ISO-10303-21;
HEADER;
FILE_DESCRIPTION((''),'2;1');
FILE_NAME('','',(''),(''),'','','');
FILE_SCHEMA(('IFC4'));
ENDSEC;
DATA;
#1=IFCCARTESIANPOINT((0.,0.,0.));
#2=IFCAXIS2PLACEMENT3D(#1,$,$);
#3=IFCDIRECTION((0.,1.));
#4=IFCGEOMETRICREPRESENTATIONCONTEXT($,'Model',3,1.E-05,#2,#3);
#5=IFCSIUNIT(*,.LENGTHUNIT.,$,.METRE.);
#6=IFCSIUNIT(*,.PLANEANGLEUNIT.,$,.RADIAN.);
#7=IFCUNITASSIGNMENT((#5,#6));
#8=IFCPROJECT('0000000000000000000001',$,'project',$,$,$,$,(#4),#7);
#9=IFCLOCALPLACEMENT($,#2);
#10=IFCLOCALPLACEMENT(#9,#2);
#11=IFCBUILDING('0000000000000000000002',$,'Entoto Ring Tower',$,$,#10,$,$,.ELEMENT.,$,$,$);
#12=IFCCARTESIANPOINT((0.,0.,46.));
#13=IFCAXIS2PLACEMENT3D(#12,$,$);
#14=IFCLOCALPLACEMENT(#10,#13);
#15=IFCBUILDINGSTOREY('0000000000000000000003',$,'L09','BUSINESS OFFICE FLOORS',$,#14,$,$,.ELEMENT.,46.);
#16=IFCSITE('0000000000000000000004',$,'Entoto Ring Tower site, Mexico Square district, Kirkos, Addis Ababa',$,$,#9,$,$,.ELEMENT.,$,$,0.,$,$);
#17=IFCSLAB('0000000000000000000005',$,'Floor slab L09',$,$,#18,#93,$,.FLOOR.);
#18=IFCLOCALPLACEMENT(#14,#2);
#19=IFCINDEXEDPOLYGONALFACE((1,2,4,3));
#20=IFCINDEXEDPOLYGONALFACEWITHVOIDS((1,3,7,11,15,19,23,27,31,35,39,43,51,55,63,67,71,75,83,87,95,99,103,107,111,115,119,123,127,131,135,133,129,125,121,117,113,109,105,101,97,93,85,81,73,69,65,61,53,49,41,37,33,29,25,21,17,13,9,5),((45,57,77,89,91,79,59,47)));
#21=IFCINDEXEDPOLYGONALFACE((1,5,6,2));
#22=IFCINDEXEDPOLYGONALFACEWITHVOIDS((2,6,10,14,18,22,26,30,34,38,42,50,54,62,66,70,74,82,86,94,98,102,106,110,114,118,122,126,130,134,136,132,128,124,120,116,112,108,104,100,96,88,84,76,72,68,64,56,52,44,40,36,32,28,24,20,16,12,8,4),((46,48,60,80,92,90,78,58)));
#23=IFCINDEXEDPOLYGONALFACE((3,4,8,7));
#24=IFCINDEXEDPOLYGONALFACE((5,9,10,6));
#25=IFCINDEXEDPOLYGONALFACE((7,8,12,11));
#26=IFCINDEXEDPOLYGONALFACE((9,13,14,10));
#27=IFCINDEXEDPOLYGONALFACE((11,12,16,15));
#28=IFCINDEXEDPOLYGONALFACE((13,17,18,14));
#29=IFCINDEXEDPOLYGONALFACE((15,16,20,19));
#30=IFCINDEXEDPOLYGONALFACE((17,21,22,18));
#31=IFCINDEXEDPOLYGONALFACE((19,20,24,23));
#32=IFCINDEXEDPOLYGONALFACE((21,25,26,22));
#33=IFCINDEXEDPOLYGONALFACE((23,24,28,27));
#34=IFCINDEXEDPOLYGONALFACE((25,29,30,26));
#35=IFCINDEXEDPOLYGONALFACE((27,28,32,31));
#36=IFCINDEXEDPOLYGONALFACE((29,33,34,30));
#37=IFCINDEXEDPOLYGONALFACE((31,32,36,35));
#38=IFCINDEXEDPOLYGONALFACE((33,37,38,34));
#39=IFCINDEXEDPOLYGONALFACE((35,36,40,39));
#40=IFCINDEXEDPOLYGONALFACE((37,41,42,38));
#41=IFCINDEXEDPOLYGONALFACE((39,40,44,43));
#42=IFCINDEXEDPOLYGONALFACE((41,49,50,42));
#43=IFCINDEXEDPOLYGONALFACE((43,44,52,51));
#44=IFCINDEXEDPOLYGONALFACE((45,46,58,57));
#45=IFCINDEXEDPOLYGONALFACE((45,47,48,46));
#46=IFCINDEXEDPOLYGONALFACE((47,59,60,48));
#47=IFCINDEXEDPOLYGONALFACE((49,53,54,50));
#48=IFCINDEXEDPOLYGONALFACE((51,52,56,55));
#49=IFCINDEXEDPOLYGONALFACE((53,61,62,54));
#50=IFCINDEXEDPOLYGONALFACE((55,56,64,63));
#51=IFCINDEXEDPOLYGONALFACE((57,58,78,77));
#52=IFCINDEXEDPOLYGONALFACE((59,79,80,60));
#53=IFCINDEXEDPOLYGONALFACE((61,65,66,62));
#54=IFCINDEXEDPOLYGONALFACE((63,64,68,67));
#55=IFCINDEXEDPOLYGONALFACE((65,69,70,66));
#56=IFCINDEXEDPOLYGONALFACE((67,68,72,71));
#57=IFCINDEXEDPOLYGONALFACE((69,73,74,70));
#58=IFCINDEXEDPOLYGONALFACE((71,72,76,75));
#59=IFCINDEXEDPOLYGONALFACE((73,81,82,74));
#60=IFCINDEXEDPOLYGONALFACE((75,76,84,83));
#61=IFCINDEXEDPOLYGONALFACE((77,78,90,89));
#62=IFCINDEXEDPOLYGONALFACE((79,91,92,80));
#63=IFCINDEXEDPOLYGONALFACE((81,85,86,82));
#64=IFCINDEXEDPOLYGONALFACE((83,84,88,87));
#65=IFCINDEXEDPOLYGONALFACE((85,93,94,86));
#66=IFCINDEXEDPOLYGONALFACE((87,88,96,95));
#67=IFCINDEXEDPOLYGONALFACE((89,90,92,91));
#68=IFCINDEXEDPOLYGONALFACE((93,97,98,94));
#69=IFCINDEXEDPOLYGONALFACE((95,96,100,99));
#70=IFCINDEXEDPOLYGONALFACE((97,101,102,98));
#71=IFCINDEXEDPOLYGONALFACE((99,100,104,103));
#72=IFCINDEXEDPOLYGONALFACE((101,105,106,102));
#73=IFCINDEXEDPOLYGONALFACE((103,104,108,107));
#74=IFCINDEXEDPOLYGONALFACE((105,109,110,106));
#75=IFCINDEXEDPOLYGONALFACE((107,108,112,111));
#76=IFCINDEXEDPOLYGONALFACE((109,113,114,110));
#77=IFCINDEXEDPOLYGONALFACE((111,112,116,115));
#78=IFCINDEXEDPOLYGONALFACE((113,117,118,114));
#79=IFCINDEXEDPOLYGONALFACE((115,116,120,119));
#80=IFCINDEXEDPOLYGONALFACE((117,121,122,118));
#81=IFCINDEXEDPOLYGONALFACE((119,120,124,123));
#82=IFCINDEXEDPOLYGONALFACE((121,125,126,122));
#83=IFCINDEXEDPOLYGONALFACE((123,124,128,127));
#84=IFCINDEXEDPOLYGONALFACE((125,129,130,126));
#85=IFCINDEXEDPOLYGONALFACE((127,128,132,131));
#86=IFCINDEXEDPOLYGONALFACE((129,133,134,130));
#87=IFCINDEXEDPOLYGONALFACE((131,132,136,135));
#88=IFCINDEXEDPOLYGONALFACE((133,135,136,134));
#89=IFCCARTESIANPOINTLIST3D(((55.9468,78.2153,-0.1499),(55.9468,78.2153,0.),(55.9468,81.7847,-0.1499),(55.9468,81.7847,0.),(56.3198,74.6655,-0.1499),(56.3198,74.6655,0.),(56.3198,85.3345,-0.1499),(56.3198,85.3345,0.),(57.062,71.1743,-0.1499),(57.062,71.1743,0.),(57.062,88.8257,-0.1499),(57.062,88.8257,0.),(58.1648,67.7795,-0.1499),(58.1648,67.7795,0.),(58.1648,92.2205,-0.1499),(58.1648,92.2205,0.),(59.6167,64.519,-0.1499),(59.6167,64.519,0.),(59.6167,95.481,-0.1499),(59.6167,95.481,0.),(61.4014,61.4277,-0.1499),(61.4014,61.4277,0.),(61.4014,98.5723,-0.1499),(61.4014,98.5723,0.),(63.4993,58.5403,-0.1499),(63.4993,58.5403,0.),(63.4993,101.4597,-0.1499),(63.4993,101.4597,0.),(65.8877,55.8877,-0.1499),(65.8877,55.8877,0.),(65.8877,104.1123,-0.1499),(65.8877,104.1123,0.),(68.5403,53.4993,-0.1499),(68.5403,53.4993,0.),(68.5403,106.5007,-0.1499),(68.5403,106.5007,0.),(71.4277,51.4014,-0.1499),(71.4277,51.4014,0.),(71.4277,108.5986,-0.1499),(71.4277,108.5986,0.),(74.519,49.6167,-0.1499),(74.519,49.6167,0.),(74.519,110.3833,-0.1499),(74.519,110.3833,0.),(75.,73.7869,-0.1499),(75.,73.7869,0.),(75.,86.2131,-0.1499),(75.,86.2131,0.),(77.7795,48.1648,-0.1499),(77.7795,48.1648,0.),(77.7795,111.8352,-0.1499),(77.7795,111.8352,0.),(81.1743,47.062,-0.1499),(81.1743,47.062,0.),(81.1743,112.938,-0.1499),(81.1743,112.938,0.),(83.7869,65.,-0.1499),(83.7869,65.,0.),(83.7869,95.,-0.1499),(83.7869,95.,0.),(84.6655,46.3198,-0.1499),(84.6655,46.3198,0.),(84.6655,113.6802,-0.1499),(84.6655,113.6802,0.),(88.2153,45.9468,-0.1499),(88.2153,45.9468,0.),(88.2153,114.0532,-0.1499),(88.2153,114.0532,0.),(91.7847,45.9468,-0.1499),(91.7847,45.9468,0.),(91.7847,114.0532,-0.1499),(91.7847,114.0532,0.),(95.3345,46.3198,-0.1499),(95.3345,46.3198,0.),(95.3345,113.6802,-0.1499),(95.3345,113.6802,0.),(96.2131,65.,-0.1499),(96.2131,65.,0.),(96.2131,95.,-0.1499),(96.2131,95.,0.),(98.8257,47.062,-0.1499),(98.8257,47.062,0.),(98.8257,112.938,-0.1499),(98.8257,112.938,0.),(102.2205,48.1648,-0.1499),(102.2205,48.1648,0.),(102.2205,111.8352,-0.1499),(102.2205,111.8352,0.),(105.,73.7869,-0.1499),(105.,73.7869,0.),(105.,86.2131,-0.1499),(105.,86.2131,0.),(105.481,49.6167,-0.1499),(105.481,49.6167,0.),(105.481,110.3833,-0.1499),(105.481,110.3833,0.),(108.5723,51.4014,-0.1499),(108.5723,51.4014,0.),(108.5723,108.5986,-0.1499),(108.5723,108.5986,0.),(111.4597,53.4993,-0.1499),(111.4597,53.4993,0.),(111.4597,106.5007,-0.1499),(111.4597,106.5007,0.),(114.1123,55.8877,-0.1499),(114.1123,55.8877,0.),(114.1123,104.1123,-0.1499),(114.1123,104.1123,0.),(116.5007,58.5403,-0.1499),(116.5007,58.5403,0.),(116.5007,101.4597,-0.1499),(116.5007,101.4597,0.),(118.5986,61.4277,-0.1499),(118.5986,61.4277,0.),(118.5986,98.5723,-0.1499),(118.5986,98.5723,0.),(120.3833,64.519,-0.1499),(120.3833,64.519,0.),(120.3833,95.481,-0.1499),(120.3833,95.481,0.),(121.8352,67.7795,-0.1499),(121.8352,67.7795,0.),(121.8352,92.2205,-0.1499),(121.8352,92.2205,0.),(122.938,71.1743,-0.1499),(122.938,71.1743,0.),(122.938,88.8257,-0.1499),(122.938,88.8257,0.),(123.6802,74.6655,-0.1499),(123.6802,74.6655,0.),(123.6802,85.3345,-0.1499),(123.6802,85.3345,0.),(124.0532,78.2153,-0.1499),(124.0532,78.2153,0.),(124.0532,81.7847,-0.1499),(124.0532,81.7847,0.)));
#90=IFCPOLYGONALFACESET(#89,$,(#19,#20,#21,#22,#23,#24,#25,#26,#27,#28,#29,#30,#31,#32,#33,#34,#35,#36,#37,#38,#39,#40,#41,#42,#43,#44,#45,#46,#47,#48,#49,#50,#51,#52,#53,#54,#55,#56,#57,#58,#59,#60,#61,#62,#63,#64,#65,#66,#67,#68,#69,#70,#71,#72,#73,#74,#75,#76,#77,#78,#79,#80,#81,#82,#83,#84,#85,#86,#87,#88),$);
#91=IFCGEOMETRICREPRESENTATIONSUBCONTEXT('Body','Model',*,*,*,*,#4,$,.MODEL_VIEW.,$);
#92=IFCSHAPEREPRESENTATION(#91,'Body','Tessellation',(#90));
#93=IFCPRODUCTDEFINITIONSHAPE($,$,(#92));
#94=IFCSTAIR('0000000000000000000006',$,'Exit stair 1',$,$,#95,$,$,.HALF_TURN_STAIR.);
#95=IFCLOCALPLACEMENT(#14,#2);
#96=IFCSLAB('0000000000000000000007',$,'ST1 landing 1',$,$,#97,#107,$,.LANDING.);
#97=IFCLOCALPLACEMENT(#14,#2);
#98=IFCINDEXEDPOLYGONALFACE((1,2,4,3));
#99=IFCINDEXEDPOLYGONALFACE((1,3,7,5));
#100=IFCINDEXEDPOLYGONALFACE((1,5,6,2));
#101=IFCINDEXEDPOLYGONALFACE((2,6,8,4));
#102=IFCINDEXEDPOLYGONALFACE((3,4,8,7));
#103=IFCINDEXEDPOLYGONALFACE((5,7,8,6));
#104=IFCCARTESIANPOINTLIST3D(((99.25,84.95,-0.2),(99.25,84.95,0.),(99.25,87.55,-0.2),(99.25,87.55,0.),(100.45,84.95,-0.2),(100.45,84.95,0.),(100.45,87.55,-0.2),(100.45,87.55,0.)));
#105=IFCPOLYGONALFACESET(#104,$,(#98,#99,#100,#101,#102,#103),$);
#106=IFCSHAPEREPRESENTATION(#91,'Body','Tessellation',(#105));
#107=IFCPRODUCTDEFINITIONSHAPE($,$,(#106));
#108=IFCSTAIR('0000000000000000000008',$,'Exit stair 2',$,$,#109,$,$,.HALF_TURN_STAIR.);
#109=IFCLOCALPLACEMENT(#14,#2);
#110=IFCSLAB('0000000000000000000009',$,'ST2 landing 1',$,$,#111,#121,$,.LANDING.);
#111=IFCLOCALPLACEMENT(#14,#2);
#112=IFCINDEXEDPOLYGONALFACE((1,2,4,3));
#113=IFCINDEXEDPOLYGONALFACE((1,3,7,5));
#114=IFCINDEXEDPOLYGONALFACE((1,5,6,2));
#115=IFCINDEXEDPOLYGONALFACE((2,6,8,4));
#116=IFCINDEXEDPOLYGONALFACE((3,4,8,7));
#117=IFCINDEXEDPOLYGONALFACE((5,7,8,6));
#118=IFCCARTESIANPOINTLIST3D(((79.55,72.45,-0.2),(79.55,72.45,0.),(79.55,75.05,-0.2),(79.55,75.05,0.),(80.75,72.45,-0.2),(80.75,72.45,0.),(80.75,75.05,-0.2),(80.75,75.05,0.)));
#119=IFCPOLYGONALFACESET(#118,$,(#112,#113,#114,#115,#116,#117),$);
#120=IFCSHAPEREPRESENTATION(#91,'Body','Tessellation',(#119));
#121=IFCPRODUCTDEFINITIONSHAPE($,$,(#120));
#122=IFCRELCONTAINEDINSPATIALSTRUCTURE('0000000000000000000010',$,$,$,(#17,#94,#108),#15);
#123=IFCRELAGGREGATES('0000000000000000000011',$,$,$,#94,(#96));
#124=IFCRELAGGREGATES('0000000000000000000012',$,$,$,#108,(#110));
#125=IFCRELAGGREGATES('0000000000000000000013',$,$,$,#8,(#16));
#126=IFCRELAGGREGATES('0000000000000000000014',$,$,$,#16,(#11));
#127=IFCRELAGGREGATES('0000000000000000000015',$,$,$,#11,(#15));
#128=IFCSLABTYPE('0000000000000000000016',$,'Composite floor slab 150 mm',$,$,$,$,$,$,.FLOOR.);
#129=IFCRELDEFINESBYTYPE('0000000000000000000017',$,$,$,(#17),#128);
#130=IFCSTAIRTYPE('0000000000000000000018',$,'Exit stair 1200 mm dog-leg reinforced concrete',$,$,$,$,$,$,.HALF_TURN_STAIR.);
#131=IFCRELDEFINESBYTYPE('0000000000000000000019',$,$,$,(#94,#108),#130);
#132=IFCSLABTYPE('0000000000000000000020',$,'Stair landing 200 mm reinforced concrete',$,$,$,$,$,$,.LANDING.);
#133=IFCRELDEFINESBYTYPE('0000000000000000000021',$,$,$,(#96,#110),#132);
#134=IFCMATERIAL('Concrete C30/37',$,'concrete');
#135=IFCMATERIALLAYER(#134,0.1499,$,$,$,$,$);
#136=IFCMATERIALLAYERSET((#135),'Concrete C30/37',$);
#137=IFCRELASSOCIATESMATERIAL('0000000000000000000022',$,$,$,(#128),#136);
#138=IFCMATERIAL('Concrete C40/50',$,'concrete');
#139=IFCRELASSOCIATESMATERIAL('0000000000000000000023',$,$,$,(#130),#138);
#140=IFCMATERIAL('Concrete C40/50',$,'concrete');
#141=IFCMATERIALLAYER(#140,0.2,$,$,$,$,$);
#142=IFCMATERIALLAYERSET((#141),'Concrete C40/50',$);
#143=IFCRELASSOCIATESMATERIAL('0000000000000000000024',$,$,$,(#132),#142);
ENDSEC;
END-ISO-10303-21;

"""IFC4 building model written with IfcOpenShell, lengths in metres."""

from ifc_helpers import new_model, si_unit, direction, frame, origin, place, context, subcontext, project, spatial, polyline, outline, extrude, material, layer, layer_set, type_object, element, aggregate, save


model = new_model("IFC4")

# Units and contexts
model_context = context("Model", 3, precision=1e-05, world=origin(), true_north=direction((0.0, 1.0)))
body_context = subcontext(model_context, "Body", "Model", "MODEL_VIEW")
ifc_project = project(units=[si_unit("LENGTHUNIT", "METRE"), si_unit("PLANEANGLEUNIT", "RADIAN")], contexts=[model_context])

# Site, building, storey
site_placement = place(None, origin())
building_placement = place(site_placement, origin())
storey_placement = place(building_placement, frame((0.0, 0.0, 46.0)))
site = spatial("IfcSite", under=ifc_project, at=site_placement, Name="Entoto Ring Tower site, Mexico Square district, Kirkos, Addis Ababa", CompositionType="ELEMENT", RefElevation=0.0)
building = spatial("IfcBuilding", under=site, at=building_placement, Name="Entoto Ring Tower", CompositionType="ELEMENT")
storey = spatial("IfcBuildingStorey", under=building, at=storey_placement, Name="L09", Description="BUSINESS OFFICE FLOORS", CompositionType="ELEMENT", Elevation=46.0)

# Slab
ifc_material_1 = material(Name="Concrete C30/37", Category="concrete")
ifc_layer_1 = layer(ifc_material_1, 0.1499)
ifc_layer_set_1 = layer_set([ifc_layer_1], Name="Concrete C30/37")
slab_type_1 = type_object("IfcSlabType", Name="Composite floor slab 150 mm", PredefinedType="FLOOR", material=ifc_layer_set_1)
slab_1_placement = place(storey_placement, frame((0.0, 0.0, -0.1499)))
element("IfcSlab", 1, at=slab_1_placement, inside=storey, type_object=slab_type_1, Name="Floor slab L09", PredefinedType="FLOOR", context=body_context, shape_type="SweptSolid", body=[
    extrude(outline(polyline([(123.6802, 85.3345), (122.938, 88.8257), (121.8352, 92.2205), (120.3833, 95.481), (118.5986, 98.5723), (116.5007, 101.4597), (114.1123, 104.1123), (111.4597, 106.5007), (108.5723, 108.5986), (105.481, 110.3833), (102.2205, 111.8352), (98.8257, 112.938), (95.3345, 113.6802), (91.7847, 114.0532), (88.2153, 114.0532), (84.6655, 113.6802), (81.1743, 112.938), (77.7795, 111.8352), (74.519, 110.3833), (71.4277, 108.5986), (68.5403, 106.5007), (65.8877, 104.1123), (63.4993, 101.4597), (61.4014, 98.5723), (59.6167, 95.481), (58.1648, 92.2205), (57.062, 88.8257), (56.3198, 85.3345), (55.9468, 81.7847), (55.9468, 78.2153), (56.3198, 74.6655), (57.062, 71.1743), (58.1648, 67.7795), (59.6167, 64.519), (61.4014, 61.4277), (63.4993, 58.5403), (65.8877, 55.8877), (68.5403, 53.4993), (71.4277, 51.4014), (74.519, 49.6167), (77.7795, 48.1648), (81.1743, 47.062), (84.6655, 46.3198), (88.2153, 45.9468), (91.7847, 45.9468), (95.3345, 46.3198), (98.8257, 47.062), (102.2205, 48.1648), (105.481, 49.6167), (108.5723, 51.4014), (111.4597, 53.4993), (114.1123, 55.8877), (116.5007, 58.5403), (118.5986, 61.4277), (120.3833, 64.519), (121.8352, 67.7795), (122.938, 71.1743), (123.6802, 74.6655), (124.0532, 78.2153), (124.0532, 81.7847), (123.6802, 85.3345)]), holes=[polyline([(105.0, 73.7869), (105.0, 86.2131), (96.2131, 95.0), (83.7869, 95.0), (75.0, 86.2131), (75.0, 73.7869), (83.7869, 65.0), (96.2131, 65.0), (105.0, 73.7869)])]), origin(), (0.0, 0.0, 1.0), 0.1499),
])

# Stairs, slabs
ifc_material_2 = material(Name="Concrete C40/50", Category="concrete")
stair_type = type_object("IfcStairType", Name="Exit stair 1200 mm dog-leg reinforced concrete", PredefinedType="HALF_TURN_STAIR", material=ifc_material_2)
stair_1_placement = place(storey_placement, origin())
stair_1 = element("IfcStair", 2, at=stair_1_placement, inside=storey, type_object=stair_type, Name="Exit stair 1", PredefinedType="HALF_TURN_STAIR")
ifc_material_3 = material(Name="Concrete C40/50", Category="concrete")
ifc_layer_2 = layer(ifc_material_3, 0.2)
ifc_layer_set_2 = layer_set([ifc_layer_2], Name="Concrete C40/50")
slab_type_2 = type_object("IfcSlabType", Name="Stair landing 200 mm reinforced concrete", PredefinedType="LANDING", material=ifc_layer_set_2)
slab_2_placement = place(storey_placement, frame((0.0, 0.0, -0.2)))
slab_2 = element("IfcSlab", 3, at=slab_2_placement, type_object=slab_type_2, Name="ST1 landing 1", PredefinedType="LANDING", context=body_context, shape_type="SweptSolid", body=[
    extrude(outline(polyline([(100.45, 84.95), (100.45, 87.55), (99.25, 87.55), (99.25, 84.95), (100.45, 84.95)])), origin(), (0.0, 0.0, 1.0), 0.2),
])
aggregate(stair_1, [slab_2])
stair_2_placement = place(storey_placement, origin())
stair_2 = element("IfcStair", 4, at=stair_2_placement, inside=storey, type_object=stair_type, Name="Exit stair 2", PredefinedType="HALF_TURN_STAIR")
slab_3_placement = place(storey_placement, frame((0.0, 0.0, -0.2)))
slab_3 = element("IfcSlab", 5, at=slab_3_placement, type_object=slab_type_2, Name="ST2 landing 1", PredefinedType="LANDING", context=body_context, shape_type="SweptSolid", body=[
    extrude(outline(polyline([(80.75, 72.45), (80.75, 75.05), (79.55, 75.05), (79.55, 72.45), (80.75, 72.45)])), origin(), (0.0, 0.0, 1.0), 0.2),
])
aggregate(stair_2, [slab_3])

save(model, "model.ifc")
